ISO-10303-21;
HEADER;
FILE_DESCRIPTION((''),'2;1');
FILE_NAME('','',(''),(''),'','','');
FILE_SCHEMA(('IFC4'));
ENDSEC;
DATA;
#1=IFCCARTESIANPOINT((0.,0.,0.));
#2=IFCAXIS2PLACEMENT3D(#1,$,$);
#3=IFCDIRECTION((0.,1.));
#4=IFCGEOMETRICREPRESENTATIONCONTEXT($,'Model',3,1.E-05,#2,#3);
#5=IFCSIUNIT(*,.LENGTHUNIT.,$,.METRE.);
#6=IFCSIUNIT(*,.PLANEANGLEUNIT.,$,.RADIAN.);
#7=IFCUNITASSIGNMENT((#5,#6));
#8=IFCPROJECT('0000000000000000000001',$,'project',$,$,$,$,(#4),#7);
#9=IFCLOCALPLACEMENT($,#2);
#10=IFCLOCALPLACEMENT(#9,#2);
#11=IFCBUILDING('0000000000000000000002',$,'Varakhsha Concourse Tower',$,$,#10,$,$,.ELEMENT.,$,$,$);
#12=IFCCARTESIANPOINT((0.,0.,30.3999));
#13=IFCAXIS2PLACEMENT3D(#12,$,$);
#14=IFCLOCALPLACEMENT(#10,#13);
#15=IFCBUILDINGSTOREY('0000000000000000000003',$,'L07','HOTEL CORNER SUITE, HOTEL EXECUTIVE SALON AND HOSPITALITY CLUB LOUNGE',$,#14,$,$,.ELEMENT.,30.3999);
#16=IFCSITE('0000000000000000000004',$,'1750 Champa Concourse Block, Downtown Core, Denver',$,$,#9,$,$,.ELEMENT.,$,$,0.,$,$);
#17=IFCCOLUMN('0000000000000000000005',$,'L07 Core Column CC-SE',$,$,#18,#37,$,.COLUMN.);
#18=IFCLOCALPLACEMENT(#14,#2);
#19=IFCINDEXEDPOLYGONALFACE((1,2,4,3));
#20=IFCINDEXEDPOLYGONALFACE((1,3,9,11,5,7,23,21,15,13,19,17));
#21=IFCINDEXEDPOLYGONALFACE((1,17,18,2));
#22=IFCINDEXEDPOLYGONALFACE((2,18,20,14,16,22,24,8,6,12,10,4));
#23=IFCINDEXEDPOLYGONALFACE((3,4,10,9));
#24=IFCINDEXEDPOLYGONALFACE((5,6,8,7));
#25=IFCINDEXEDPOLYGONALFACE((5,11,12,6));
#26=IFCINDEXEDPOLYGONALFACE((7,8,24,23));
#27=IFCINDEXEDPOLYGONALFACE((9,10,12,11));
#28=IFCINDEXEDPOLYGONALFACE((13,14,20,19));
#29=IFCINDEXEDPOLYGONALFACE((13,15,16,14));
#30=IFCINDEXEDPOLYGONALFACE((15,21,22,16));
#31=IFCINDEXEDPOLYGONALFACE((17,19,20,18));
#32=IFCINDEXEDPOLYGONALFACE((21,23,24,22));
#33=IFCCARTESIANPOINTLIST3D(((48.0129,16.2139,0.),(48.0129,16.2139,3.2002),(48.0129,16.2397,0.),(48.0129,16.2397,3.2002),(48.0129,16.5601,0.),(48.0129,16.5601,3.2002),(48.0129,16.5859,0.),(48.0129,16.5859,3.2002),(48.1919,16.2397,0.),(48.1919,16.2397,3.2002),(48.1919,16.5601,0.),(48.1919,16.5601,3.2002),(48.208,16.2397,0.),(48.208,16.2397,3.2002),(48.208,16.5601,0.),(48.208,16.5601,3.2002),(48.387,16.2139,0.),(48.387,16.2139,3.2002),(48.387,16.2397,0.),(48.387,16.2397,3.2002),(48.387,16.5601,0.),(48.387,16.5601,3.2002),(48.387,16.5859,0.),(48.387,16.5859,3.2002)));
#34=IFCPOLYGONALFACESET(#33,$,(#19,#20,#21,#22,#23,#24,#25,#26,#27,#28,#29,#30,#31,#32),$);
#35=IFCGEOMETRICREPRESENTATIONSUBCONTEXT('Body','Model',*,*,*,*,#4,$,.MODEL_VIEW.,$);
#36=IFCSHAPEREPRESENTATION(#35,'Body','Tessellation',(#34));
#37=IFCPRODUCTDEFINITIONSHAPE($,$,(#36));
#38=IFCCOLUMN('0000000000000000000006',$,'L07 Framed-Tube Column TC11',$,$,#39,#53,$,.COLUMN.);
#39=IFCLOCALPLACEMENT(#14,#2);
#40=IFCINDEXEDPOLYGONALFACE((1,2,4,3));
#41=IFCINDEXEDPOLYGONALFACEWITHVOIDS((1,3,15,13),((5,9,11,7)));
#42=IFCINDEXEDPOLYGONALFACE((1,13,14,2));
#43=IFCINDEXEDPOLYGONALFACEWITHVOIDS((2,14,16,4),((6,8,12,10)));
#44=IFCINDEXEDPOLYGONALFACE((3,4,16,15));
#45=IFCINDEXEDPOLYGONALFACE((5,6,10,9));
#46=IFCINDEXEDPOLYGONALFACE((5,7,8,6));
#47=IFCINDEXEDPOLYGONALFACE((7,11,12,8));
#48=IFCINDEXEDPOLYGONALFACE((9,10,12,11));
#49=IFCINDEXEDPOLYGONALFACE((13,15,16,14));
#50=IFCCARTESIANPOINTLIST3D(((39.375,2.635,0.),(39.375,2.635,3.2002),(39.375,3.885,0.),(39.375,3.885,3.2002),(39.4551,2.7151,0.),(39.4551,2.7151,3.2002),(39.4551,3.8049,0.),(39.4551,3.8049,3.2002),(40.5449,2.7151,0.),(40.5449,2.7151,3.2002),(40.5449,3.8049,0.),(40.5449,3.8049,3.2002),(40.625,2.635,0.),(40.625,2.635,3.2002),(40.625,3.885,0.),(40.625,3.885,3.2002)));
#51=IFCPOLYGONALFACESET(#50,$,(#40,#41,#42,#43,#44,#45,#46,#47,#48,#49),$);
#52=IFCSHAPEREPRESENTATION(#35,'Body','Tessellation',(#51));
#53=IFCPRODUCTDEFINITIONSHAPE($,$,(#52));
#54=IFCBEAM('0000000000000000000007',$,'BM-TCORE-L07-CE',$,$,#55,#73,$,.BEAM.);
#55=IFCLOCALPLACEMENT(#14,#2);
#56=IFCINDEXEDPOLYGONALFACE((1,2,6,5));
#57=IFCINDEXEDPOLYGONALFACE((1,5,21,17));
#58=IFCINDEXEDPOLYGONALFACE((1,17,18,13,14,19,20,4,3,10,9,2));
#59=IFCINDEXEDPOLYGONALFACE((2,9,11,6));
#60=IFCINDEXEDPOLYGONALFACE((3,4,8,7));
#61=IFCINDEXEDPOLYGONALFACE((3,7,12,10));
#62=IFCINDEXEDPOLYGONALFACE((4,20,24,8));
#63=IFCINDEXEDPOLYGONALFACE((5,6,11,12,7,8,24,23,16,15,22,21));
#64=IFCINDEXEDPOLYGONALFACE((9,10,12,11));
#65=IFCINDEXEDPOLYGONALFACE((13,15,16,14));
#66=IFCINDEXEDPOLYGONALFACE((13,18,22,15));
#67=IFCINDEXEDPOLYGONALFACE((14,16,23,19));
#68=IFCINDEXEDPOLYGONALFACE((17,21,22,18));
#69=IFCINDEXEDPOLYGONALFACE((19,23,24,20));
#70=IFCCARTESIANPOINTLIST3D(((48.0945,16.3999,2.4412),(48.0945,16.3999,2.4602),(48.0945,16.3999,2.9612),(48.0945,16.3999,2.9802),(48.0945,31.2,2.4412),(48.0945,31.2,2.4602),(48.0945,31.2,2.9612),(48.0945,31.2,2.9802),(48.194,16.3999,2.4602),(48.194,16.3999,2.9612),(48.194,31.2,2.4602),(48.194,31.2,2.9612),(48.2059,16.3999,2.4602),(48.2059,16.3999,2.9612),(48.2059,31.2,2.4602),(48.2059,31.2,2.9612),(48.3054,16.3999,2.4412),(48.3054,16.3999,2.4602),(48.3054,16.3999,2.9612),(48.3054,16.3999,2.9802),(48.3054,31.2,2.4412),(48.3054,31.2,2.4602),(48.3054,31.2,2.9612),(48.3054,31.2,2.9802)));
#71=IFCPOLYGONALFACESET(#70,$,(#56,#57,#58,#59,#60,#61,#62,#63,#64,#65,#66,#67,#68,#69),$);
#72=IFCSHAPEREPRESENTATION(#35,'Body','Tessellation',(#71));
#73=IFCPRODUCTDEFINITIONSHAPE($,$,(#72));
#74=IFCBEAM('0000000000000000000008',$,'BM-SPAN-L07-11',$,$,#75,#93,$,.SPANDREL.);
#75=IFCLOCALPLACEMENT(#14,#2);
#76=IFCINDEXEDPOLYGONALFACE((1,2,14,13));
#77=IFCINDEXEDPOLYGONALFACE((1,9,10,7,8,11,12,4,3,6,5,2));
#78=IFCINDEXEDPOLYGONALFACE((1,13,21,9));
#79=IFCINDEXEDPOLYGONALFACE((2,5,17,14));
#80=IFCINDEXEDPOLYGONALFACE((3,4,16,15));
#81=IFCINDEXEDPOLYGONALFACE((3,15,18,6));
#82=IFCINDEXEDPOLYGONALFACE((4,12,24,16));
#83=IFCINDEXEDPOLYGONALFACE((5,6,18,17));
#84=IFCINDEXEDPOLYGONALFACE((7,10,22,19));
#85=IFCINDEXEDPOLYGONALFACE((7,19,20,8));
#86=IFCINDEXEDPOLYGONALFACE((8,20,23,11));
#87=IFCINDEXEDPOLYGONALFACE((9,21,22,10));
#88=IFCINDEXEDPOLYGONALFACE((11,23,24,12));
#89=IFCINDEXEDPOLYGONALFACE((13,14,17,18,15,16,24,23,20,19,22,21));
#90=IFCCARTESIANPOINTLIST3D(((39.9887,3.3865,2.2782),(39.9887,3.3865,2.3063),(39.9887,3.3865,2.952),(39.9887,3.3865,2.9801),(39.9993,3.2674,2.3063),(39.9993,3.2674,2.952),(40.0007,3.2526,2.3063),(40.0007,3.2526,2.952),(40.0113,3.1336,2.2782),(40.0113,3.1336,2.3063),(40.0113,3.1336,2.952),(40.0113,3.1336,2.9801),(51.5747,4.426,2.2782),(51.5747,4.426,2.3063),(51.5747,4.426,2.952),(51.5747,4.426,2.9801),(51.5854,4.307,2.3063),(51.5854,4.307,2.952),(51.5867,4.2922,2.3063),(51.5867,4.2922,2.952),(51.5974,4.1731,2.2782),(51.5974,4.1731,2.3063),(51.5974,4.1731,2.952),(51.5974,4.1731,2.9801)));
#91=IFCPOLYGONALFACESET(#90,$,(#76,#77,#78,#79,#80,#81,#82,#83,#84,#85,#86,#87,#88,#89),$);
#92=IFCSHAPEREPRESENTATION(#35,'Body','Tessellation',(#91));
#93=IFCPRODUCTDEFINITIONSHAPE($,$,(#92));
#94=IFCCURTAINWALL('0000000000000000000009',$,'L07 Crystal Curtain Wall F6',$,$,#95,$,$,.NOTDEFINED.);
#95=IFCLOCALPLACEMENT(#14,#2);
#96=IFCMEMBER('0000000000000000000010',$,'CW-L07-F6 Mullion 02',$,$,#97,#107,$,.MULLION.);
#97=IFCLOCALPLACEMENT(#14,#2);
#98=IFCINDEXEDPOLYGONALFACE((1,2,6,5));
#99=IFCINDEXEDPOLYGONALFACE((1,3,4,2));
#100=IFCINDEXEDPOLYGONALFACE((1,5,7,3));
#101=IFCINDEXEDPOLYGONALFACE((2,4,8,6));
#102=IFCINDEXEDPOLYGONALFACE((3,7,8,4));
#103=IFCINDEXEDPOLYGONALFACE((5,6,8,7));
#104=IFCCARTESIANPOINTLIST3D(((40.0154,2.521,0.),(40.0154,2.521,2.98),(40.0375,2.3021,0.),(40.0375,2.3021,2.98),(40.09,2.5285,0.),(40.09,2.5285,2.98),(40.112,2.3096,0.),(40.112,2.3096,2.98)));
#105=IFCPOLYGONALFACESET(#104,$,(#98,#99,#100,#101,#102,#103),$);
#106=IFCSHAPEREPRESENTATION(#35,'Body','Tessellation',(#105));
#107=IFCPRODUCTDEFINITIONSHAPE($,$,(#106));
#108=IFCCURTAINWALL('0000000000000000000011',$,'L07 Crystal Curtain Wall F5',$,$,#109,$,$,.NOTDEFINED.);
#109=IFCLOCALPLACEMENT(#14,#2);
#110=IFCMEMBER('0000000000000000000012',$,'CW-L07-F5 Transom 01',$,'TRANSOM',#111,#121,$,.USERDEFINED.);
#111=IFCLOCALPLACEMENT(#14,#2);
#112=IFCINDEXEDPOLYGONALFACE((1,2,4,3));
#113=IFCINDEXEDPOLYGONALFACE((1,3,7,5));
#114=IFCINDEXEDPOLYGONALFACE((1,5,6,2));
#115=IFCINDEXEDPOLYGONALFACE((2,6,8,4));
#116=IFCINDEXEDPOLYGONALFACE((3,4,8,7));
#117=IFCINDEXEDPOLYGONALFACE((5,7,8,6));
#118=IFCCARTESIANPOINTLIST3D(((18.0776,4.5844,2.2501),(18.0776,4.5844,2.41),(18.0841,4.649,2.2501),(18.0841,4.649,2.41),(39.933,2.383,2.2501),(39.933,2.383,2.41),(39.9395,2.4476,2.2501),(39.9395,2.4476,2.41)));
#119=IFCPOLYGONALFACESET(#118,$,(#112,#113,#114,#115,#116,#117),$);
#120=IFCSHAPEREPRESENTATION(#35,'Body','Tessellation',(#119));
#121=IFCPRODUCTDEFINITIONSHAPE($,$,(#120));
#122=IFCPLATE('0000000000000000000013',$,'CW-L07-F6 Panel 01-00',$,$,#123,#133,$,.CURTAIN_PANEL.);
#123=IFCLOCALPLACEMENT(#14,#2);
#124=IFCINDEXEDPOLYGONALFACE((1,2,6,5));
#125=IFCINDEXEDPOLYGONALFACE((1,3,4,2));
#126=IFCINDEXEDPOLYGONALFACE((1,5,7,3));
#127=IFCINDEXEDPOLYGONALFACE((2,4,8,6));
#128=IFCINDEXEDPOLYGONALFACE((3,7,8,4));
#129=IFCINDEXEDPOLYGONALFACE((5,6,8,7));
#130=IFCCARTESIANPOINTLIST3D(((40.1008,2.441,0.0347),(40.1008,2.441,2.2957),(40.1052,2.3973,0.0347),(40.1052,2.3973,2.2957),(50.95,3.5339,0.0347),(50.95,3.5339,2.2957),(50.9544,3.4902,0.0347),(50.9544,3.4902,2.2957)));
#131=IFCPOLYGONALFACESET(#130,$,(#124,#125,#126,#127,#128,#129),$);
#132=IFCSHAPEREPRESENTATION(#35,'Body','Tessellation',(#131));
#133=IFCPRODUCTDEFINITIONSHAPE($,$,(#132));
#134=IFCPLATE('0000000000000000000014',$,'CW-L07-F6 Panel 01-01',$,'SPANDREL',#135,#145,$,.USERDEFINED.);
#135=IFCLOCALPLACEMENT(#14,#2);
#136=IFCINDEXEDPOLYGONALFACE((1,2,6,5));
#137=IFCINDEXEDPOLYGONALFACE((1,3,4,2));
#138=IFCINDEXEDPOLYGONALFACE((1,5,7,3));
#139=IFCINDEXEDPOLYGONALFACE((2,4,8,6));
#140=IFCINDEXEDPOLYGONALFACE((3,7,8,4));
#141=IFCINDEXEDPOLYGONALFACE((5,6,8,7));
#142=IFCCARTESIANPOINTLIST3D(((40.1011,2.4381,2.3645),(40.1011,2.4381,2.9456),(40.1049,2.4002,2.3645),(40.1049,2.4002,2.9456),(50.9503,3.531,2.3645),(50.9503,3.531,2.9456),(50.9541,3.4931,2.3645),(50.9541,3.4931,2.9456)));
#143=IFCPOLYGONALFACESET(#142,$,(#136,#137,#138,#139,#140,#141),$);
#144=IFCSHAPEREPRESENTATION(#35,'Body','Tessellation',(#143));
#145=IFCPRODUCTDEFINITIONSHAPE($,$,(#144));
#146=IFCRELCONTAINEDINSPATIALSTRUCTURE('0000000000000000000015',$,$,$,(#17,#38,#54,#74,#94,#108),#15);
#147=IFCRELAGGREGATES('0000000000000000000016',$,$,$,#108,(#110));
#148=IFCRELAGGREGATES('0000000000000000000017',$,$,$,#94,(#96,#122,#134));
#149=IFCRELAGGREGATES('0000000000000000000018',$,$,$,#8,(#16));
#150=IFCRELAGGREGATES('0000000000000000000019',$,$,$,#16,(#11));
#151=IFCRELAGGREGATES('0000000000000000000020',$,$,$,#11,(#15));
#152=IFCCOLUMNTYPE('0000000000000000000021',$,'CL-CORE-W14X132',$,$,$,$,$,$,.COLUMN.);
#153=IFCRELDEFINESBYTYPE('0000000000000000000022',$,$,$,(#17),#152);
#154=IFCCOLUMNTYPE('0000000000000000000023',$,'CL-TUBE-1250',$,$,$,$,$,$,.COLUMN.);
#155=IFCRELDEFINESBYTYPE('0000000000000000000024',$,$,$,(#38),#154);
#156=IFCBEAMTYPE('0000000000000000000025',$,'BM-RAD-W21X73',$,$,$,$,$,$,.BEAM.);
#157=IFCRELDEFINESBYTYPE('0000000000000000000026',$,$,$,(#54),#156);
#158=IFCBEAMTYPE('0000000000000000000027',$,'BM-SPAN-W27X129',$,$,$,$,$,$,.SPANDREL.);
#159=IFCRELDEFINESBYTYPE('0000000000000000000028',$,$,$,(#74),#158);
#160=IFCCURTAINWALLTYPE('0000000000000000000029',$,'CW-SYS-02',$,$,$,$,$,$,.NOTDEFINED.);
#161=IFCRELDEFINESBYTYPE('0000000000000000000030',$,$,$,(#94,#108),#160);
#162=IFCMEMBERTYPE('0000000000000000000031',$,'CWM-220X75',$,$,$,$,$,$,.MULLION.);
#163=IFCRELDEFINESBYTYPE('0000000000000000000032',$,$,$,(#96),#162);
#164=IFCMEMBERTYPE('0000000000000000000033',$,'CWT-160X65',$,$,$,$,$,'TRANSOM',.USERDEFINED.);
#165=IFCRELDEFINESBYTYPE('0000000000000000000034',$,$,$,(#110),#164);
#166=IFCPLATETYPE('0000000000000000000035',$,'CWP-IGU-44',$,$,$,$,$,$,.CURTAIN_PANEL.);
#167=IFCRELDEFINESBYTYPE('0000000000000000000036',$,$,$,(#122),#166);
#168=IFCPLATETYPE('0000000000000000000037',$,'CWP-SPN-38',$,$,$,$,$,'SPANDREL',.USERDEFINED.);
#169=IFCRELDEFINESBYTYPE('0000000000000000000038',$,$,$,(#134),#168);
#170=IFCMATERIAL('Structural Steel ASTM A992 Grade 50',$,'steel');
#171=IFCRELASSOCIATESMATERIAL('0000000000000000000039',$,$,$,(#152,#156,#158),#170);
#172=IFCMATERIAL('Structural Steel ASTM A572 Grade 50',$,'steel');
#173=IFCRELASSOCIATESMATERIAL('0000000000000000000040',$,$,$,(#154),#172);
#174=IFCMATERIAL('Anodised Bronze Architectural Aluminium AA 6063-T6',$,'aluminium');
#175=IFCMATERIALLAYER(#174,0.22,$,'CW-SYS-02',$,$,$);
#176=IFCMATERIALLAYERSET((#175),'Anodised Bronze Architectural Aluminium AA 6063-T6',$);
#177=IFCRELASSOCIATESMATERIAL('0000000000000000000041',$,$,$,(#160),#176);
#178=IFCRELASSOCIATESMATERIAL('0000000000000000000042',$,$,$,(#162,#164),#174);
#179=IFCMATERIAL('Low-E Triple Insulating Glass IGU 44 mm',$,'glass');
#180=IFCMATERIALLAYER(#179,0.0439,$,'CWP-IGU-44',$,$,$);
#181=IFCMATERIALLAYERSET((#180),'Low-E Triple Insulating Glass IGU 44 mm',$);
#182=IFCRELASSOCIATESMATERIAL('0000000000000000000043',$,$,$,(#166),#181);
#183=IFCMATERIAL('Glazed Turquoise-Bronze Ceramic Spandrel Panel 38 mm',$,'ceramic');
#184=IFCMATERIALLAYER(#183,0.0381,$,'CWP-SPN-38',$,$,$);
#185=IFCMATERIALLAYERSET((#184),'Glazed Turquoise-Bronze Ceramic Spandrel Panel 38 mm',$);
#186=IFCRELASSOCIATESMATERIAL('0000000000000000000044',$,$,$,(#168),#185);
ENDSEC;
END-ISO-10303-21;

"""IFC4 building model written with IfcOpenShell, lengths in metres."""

from ifc_helpers import new_model, si_unit, direction, frame, origin, origin_2d, place, context, subcontext, project, spatial, rectangle, hollow_rectangle, i_section, extrude, source, transform, mapped, material, layer, layer_set, material_profile, profile_set, type_object, type_shapes, element, aggregate, save


model = new_model("IFC4")

# Units and contexts
model_context = context("Model", 3, precision=1e-05, world=origin(), true_north=direction((0.0, 1.0)))
body_context = subcontext(model_context, "Body", "Model", "MODEL_VIEW")
ifc_project = project(units=[si_unit("LENGTHUNIT", "METRE"), si_unit("PLANEANGLEUNIT", "RADIAN")], contexts=[model_context])

# Site, building, storey
site_placement = place(None, origin())
site = spatial("IfcSite", under=ifc_project, at=site_placement, Name="1750 Champa Concourse Block, Downtown Core, Denver", CompositionType="ELEMENT", RefElevation=0.0)
building_placement = place(site_placement, origin())
building = spatial("IfcBuilding", under=site, at=building_placement, Name="Varakhsha Concourse Tower", CompositionType="ELEMENT")
storey_placement = place(building_placement, frame((0.0, 0.0, 30.3999)))
storey = spatial("IfcBuildingStorey", under=building, at=storey_placement, Name="L07", Description="HOTEL CORNER SUITE, HOTEL EXECUTIVE SALON AND HOSPITALITY CLUB LOUNGE", CompositionType="ELEMENT", Elevation=30.3999)

# Columns
ifc_material_1 = material(Name="Structural Steel ASTM A992 Grade 50", Category="steel")
ifc_material_profile_1 = material_profile(ifc_material_1, i_section(OverallWidth=0.374, OverallDepth=0.3721, WebThickness=0.0161, FlangeThickness=0.0259, at=origin_2d()), Name="W14X132")
ifc_profile_set_1 = profile_set([ifc_material_profile_1], Name="Structural Steel ASTM A992 Grade 50")
column_type_1 = type_object("IfcColumnType", Name="CL-CORE-W14X132", PredefinedType="COLUMN", material=ifc_profile_set_1)
column_1_placement = place(storey_placement, frame((48.2, 16.3999, 0.0), z_axis=(0.0, 0.0, 1.0), x_axis=(1.0, 0.0, 0.0)))
element("IfcColumn", 1, at=column_1_placement, inside=storey, type_object=column_type_1, Name="L07 Core Column CC-SE", PredefinedType="COLUMN", context=body_context, shape_type="SweptSolid", body=[
    extrude(i_section(OverallWidth=0.374, OverallDepth=0.3721, WebThickness=0.0161, FlangeThickness=0.0259, at=origin_2d()), origin(), (0.0, 0.0, 1.0), 3.2002),
])
ifc_material_2 = material(Name="Structural Steel ASTM A572 Grade 50", Category="steel")
ifc_material_profile_2 = material_profile(ifc_material_2, hollow_rectangle(XDim=1.25, YDim=1.25, WallThickness=0.0801, at=origin_2d()), Name="BOX 1250x1250x80")
ifc_profile_set_2 = profile_set([ifc_material_profile_2], Name="Structural Steel ASTM A572 Grade 50")
column_type_2 = type_object("IfcColumnType", Name="CL-TUBE-1250", PredefinedType="COLUMN", material=ifc_profile_set_2)
column_2_placement = place(storey_placement, frame((40.0, 3.26, 0.0), z_axis=(0.0, 0.0, 1.0), x_axis=(1.0, 0.0, 0.0)))
element("IfcColumn", 2, at=column_2_placement, inside=storey, type_object=column_type_2, Name="L07 Framed-Tube Column TC11", PredefinedType="COLUMN", context=body_context, shape_type="SweptSolid", body=[
    extrude(hollow_rectangle(XDim=1.25, YDim=1.25, WallThickness=0.0801, at=origin_2d()), origin(), (0.0, 0.0, 1.0), 3.2002),
])

# Beams
ifc_material_profile_3 = material_profile(ifc_material_1, i_section(OverallWidth=0.2109, OverallDepth=0.5391, WebThickness=0.012, FlangeThickness=0.019, at=origin_2d()), Name="W21X73")
ifc_profile_set_3 = profile_set([ifc_material_profile_3], Name="Structural Steel ASTM A992 Grade 50")
beam_type_1 = type_object("IfcBeamType", Name="BM-RAD-W21X73", PredefinedType="BEAM", material=ifc_profile_set_3)
beam_1_placement = place(storey_placement, frame((48.2, 16.3999, 2.7107), z_axis=(0.0, 1.0, 0.0), x_axis=(-1.0, 0.0, 0.0)))
element("IfcBeam", 3, at=beam_1_placement, inside=storey, type_object=beam_type_1, Name="BM-TCORE-L07-CE", PredefinedType="BEAM", context=body_context, shape_type="SweptSolid", body=[
    extrude(i_section(OverallWidth=0.2109, OverallDepth=0.5391, WebThickness=0.012, FlangeThickness=0.019, at=origin_2d()), origin(), (0.0, 0.0, 1.0), 14.8),
])
ifc_material_profile_4 = material_profile(ifc_material_1, i_section(OverallWidth=0.2539, OverallDepth=0.7019, WebThickness=0.0149, FlangeThickness=0.0281, at=origin_2d()), Name="W27X129")
ifc_profile_set_4 = profile_set([ifc_material_profile_4], Name="Structural Steel ASTM A992 Grade 50")
beam_type_2 = type_object("IfcBeamType", Name="BM-SPAN-W27X129", PredefinedType="SPANDREL", material=ifc_profile_set_4)
beam_2_placement = place(storey_placement, frame((40.0, 3.26, 2.6292), z_axis=(0.995999, 0.089366, 0.0), x_axis=(-0.089366, 0.995999, 0.0)))
element("IfcBeam", 4, at=beam_2_placement, inside=storey, type_object=beam_type_2, Name="BM-SPAN-L07-11", PredefinedType="SPANDREL", context=body_context, shape_type="SweptSolid", body=[
    extrude(i_section(OverallWidth=0.2539, OverallDepth=0.7019, WebThickness=0.0149, FlangeThickness=0.0281, at=origin_2d()), origin(), (0.0, 0.0, 1.0), 11.6326),
])

# Curtain walls, members
ifc_material_3 = material(Name="Anodised Bronze Architectural Aluminium AA 6063-T6", Category="aluminium")
ifc_layer_1 = layer(ifc_material_3, 0.22, Name="CW-SYS-02")
ifc_layer_set_1 = layer_set([ifc_layer_1], Name="Anodised Bronze Architectural Aluminium AA 6063-T6")
curtain_wall_type = type_object("IfcCurtainWallType", Name="CW-SYS-02", PredefinedType="NOTDEFINED", material=ifc_layer_set_1)
curtain_wall_1_placement = place(storey_placement, origin())
curtain_wall_1 = element("IfcCurtainWall", 5, at=curtain_wall_1_placement, inside=storey, type_object=curtain_wall_type, Name="L07 Crystal Curtain Wall F6", PredefinedType="NOTDEFINED")
ifc_material_profile_5 = material_profile(ifc_material_3, rectangle(XDim=0.075, YDim=0.22, at=origin_2d()), Name="CWM-220X75")
ifc_profile_set_5 = profile_set([ifc_material_profile_5], Name="Anodised Bronze Architectural Aluminium AA 6063-T6")
member_type_1 = type_object("IfcMemberType", Name="CWM-220X75", PredefinedType="MULLION", material=ifc_profile_set_5)
shared_shape_1 = source(origin(), body_context, "Body", "SweptSolid", [
    extrude(rectangle(XDim=0.075, YDim=0.22, at=origin_2d()), origin(), (0.0, 0.0, 1.0), 2.98),
])
type_shapes(member_type_1, [shared_shape_1])
member_1_placement = place(storey_placement, frame((40.0637, 2.4153, 0.0), z_axis=(0.0, 0.0, 1.0), x_axis=(-0.994965, -0.100226, 0.0)))
member_1 = element("IfcMember", 6, at=member_1_placement, type_object=member_type_1, Name="CW-L07-F6 Mullion 02", PredefinedType="MULLION", context=body_context, shape_type="MappedRepresentation", body=[
    mapped(shared_shape_1, transform((0.0, 0.0, 0.0), scale=1.0)),
])
curtain_wall_2_placement = place(storey_placement, origin())
curtain_wall_2 = element("IfcCurtainWall", 7, at=curtain_wall_2_placement, inside=storey, type_object=curtain_wall_type, Name="L07 Crystal Curtain Wall F5", PredefinedType="NOTDEFINED")
ifc_material_profile_6 = material_profile(ifc_material_3, rectangle(XDim=0.0649, YDim=0.1599, at=origin_2d()), Name="CWT-160X65")
ifc_profile_set_6 = profile_set([ifc_material_profile_6], Name="Anodised Bronze Architectural Aluminium AA 6063-T6")
member_type_2 = type_object("IfcMemberType", Name="CWT-160X65", ElementType="TRANSOM", PredefinedType="USERDEFINED", material=ifc_profile_set_6)
shared_shape_2 = source(origin(), body_context, "Body", "SweptSolid", [
    extrude(rectangle(XDim=0.0649, YDim=0.1599, at=origin_2d()), origin(), (0.0, 0.0, 1.0), 21.9661),
])
type_shapes(member_type_2, [shared_shape_2])
member_2_placement = place(storey_placement, frame((39.9363, 2.4153, 2.3301), z_axis=(-0.994965, 0.100219, 0.0), x_axis=(-0.100219, -0.994965, 0.0)))
member_2 = element("IfcMember", 8, at=member_2_placement, type_object=member_type_2, Name="CW-L07-F5 Transom 01", ObjectType="TRANSOM", PredefinedType="USERDEFINED", context=body_context, shape_type="MappedRepresentation", body=[
    mapped(shared_shape_2, transform((0.0, 0.0, 0.0), scale=1.0)),
])
aggregate(curtain_wall_2, [member_2])

# Plates
ifc_material_4 = material(Name="Low-E Triple Insulating Glass IGU 44 mm", Category="glass")
ifc_layer_2 = layer(ifc_material_4, 0.0439, Name="CWP-IGU-44")
ifc_layer_set_2 = layer_set([ifc_layer_2], Name="Low-E Triple Insulating Glass IGU 44 mm")
plate_type_1 = type_object("IfcPlateType", Name="CWP-IGU-44", PredefinedType="CURTAIN_PANEL", material=ifc_layer_set_2)
shared_shape_3 = source(origin(), body_context, "Body", "SweptSolid", [
    extrude(rectangle(XDim=10.9041, YDim=0.0439, at=origin_2d()), origin(), (0.0, 0.0, 1.0), 2.261),
])
type_shapes(plate_type_1, [shared_shape_3])
plate_1_placement = place(storey_placement, frame((45.5276, 2.9656, 0.0347), z_axis=(0.0, 0.0, 1.0), x_axis=(-0.994965, -0.100226, 0.0)))
plate_1 = element("IfcPlate", 9, at=plate_1_placement, type_object=plate_type_1, Name="CW-L07-F6 Panel 01-00", PredefinedType="CURTAIN_PANEL", context=body_context, shape_type="MappedRepresentation", body=[
    mapped(shared_shape_3, transform((0.0, 0.0, 0.0), scale=1.0)),
])
ifc_material_5 = material(Name="Glazed Turquoise-Bronze Ceramic Spandrel Panel 38 mm", Category="ceramic")
ifc_layer_3 = layer(ifc_material_5, 0.0381, Name="CWP-SPN-38")
ifc_layer_set_3 = layer_set([ifc_layer_3], Name="Glazed Turquoise-Bronze Ceramic Spandrel Panel 38 mm")
plate_type_2 = type_object("IfcPlateType", Name="CWP-SPN-38", ElementType="SPANDREL", PredefinedType="USERDEFINED", material=ifc_layer_set_3)
shared_shape_4 = source(origin(), body_context, "Body", "SweptSolid", [
    extrude(rectangle(XDim=10.9041, YDim=0.0381, at=origin_2d()), origin(), (0.0, 0.0, 1.0), 0.5811),
])
type_shapes(plate_type_2, [shared_shape_4])
plate_2_placement = place(storey_placement, frame((45.5276, 2.9656, 2.3645), z_axis=(0.0, 0.0, 1.0), x_axis=(-0.994965, -0.100226, 0.0)))
plate_2 = element("IfcPlate", 10, at=plate_2_placement, type_object=plate_type_2, Name="CW-L07-F6 Panel 01-01", ObjectType="SPANDREL", PredefinedType="USERDEFINED", context=body_context, shape_type="MappedRepresentation", body=[
    mapped(shared_shape_4, transform((0.0, 0.0, 0.0), scale=1.0)),
])
aggregate(curtain_wall_1, [member_1, plate_1, plate_2])

save(model, "model.ifc")
